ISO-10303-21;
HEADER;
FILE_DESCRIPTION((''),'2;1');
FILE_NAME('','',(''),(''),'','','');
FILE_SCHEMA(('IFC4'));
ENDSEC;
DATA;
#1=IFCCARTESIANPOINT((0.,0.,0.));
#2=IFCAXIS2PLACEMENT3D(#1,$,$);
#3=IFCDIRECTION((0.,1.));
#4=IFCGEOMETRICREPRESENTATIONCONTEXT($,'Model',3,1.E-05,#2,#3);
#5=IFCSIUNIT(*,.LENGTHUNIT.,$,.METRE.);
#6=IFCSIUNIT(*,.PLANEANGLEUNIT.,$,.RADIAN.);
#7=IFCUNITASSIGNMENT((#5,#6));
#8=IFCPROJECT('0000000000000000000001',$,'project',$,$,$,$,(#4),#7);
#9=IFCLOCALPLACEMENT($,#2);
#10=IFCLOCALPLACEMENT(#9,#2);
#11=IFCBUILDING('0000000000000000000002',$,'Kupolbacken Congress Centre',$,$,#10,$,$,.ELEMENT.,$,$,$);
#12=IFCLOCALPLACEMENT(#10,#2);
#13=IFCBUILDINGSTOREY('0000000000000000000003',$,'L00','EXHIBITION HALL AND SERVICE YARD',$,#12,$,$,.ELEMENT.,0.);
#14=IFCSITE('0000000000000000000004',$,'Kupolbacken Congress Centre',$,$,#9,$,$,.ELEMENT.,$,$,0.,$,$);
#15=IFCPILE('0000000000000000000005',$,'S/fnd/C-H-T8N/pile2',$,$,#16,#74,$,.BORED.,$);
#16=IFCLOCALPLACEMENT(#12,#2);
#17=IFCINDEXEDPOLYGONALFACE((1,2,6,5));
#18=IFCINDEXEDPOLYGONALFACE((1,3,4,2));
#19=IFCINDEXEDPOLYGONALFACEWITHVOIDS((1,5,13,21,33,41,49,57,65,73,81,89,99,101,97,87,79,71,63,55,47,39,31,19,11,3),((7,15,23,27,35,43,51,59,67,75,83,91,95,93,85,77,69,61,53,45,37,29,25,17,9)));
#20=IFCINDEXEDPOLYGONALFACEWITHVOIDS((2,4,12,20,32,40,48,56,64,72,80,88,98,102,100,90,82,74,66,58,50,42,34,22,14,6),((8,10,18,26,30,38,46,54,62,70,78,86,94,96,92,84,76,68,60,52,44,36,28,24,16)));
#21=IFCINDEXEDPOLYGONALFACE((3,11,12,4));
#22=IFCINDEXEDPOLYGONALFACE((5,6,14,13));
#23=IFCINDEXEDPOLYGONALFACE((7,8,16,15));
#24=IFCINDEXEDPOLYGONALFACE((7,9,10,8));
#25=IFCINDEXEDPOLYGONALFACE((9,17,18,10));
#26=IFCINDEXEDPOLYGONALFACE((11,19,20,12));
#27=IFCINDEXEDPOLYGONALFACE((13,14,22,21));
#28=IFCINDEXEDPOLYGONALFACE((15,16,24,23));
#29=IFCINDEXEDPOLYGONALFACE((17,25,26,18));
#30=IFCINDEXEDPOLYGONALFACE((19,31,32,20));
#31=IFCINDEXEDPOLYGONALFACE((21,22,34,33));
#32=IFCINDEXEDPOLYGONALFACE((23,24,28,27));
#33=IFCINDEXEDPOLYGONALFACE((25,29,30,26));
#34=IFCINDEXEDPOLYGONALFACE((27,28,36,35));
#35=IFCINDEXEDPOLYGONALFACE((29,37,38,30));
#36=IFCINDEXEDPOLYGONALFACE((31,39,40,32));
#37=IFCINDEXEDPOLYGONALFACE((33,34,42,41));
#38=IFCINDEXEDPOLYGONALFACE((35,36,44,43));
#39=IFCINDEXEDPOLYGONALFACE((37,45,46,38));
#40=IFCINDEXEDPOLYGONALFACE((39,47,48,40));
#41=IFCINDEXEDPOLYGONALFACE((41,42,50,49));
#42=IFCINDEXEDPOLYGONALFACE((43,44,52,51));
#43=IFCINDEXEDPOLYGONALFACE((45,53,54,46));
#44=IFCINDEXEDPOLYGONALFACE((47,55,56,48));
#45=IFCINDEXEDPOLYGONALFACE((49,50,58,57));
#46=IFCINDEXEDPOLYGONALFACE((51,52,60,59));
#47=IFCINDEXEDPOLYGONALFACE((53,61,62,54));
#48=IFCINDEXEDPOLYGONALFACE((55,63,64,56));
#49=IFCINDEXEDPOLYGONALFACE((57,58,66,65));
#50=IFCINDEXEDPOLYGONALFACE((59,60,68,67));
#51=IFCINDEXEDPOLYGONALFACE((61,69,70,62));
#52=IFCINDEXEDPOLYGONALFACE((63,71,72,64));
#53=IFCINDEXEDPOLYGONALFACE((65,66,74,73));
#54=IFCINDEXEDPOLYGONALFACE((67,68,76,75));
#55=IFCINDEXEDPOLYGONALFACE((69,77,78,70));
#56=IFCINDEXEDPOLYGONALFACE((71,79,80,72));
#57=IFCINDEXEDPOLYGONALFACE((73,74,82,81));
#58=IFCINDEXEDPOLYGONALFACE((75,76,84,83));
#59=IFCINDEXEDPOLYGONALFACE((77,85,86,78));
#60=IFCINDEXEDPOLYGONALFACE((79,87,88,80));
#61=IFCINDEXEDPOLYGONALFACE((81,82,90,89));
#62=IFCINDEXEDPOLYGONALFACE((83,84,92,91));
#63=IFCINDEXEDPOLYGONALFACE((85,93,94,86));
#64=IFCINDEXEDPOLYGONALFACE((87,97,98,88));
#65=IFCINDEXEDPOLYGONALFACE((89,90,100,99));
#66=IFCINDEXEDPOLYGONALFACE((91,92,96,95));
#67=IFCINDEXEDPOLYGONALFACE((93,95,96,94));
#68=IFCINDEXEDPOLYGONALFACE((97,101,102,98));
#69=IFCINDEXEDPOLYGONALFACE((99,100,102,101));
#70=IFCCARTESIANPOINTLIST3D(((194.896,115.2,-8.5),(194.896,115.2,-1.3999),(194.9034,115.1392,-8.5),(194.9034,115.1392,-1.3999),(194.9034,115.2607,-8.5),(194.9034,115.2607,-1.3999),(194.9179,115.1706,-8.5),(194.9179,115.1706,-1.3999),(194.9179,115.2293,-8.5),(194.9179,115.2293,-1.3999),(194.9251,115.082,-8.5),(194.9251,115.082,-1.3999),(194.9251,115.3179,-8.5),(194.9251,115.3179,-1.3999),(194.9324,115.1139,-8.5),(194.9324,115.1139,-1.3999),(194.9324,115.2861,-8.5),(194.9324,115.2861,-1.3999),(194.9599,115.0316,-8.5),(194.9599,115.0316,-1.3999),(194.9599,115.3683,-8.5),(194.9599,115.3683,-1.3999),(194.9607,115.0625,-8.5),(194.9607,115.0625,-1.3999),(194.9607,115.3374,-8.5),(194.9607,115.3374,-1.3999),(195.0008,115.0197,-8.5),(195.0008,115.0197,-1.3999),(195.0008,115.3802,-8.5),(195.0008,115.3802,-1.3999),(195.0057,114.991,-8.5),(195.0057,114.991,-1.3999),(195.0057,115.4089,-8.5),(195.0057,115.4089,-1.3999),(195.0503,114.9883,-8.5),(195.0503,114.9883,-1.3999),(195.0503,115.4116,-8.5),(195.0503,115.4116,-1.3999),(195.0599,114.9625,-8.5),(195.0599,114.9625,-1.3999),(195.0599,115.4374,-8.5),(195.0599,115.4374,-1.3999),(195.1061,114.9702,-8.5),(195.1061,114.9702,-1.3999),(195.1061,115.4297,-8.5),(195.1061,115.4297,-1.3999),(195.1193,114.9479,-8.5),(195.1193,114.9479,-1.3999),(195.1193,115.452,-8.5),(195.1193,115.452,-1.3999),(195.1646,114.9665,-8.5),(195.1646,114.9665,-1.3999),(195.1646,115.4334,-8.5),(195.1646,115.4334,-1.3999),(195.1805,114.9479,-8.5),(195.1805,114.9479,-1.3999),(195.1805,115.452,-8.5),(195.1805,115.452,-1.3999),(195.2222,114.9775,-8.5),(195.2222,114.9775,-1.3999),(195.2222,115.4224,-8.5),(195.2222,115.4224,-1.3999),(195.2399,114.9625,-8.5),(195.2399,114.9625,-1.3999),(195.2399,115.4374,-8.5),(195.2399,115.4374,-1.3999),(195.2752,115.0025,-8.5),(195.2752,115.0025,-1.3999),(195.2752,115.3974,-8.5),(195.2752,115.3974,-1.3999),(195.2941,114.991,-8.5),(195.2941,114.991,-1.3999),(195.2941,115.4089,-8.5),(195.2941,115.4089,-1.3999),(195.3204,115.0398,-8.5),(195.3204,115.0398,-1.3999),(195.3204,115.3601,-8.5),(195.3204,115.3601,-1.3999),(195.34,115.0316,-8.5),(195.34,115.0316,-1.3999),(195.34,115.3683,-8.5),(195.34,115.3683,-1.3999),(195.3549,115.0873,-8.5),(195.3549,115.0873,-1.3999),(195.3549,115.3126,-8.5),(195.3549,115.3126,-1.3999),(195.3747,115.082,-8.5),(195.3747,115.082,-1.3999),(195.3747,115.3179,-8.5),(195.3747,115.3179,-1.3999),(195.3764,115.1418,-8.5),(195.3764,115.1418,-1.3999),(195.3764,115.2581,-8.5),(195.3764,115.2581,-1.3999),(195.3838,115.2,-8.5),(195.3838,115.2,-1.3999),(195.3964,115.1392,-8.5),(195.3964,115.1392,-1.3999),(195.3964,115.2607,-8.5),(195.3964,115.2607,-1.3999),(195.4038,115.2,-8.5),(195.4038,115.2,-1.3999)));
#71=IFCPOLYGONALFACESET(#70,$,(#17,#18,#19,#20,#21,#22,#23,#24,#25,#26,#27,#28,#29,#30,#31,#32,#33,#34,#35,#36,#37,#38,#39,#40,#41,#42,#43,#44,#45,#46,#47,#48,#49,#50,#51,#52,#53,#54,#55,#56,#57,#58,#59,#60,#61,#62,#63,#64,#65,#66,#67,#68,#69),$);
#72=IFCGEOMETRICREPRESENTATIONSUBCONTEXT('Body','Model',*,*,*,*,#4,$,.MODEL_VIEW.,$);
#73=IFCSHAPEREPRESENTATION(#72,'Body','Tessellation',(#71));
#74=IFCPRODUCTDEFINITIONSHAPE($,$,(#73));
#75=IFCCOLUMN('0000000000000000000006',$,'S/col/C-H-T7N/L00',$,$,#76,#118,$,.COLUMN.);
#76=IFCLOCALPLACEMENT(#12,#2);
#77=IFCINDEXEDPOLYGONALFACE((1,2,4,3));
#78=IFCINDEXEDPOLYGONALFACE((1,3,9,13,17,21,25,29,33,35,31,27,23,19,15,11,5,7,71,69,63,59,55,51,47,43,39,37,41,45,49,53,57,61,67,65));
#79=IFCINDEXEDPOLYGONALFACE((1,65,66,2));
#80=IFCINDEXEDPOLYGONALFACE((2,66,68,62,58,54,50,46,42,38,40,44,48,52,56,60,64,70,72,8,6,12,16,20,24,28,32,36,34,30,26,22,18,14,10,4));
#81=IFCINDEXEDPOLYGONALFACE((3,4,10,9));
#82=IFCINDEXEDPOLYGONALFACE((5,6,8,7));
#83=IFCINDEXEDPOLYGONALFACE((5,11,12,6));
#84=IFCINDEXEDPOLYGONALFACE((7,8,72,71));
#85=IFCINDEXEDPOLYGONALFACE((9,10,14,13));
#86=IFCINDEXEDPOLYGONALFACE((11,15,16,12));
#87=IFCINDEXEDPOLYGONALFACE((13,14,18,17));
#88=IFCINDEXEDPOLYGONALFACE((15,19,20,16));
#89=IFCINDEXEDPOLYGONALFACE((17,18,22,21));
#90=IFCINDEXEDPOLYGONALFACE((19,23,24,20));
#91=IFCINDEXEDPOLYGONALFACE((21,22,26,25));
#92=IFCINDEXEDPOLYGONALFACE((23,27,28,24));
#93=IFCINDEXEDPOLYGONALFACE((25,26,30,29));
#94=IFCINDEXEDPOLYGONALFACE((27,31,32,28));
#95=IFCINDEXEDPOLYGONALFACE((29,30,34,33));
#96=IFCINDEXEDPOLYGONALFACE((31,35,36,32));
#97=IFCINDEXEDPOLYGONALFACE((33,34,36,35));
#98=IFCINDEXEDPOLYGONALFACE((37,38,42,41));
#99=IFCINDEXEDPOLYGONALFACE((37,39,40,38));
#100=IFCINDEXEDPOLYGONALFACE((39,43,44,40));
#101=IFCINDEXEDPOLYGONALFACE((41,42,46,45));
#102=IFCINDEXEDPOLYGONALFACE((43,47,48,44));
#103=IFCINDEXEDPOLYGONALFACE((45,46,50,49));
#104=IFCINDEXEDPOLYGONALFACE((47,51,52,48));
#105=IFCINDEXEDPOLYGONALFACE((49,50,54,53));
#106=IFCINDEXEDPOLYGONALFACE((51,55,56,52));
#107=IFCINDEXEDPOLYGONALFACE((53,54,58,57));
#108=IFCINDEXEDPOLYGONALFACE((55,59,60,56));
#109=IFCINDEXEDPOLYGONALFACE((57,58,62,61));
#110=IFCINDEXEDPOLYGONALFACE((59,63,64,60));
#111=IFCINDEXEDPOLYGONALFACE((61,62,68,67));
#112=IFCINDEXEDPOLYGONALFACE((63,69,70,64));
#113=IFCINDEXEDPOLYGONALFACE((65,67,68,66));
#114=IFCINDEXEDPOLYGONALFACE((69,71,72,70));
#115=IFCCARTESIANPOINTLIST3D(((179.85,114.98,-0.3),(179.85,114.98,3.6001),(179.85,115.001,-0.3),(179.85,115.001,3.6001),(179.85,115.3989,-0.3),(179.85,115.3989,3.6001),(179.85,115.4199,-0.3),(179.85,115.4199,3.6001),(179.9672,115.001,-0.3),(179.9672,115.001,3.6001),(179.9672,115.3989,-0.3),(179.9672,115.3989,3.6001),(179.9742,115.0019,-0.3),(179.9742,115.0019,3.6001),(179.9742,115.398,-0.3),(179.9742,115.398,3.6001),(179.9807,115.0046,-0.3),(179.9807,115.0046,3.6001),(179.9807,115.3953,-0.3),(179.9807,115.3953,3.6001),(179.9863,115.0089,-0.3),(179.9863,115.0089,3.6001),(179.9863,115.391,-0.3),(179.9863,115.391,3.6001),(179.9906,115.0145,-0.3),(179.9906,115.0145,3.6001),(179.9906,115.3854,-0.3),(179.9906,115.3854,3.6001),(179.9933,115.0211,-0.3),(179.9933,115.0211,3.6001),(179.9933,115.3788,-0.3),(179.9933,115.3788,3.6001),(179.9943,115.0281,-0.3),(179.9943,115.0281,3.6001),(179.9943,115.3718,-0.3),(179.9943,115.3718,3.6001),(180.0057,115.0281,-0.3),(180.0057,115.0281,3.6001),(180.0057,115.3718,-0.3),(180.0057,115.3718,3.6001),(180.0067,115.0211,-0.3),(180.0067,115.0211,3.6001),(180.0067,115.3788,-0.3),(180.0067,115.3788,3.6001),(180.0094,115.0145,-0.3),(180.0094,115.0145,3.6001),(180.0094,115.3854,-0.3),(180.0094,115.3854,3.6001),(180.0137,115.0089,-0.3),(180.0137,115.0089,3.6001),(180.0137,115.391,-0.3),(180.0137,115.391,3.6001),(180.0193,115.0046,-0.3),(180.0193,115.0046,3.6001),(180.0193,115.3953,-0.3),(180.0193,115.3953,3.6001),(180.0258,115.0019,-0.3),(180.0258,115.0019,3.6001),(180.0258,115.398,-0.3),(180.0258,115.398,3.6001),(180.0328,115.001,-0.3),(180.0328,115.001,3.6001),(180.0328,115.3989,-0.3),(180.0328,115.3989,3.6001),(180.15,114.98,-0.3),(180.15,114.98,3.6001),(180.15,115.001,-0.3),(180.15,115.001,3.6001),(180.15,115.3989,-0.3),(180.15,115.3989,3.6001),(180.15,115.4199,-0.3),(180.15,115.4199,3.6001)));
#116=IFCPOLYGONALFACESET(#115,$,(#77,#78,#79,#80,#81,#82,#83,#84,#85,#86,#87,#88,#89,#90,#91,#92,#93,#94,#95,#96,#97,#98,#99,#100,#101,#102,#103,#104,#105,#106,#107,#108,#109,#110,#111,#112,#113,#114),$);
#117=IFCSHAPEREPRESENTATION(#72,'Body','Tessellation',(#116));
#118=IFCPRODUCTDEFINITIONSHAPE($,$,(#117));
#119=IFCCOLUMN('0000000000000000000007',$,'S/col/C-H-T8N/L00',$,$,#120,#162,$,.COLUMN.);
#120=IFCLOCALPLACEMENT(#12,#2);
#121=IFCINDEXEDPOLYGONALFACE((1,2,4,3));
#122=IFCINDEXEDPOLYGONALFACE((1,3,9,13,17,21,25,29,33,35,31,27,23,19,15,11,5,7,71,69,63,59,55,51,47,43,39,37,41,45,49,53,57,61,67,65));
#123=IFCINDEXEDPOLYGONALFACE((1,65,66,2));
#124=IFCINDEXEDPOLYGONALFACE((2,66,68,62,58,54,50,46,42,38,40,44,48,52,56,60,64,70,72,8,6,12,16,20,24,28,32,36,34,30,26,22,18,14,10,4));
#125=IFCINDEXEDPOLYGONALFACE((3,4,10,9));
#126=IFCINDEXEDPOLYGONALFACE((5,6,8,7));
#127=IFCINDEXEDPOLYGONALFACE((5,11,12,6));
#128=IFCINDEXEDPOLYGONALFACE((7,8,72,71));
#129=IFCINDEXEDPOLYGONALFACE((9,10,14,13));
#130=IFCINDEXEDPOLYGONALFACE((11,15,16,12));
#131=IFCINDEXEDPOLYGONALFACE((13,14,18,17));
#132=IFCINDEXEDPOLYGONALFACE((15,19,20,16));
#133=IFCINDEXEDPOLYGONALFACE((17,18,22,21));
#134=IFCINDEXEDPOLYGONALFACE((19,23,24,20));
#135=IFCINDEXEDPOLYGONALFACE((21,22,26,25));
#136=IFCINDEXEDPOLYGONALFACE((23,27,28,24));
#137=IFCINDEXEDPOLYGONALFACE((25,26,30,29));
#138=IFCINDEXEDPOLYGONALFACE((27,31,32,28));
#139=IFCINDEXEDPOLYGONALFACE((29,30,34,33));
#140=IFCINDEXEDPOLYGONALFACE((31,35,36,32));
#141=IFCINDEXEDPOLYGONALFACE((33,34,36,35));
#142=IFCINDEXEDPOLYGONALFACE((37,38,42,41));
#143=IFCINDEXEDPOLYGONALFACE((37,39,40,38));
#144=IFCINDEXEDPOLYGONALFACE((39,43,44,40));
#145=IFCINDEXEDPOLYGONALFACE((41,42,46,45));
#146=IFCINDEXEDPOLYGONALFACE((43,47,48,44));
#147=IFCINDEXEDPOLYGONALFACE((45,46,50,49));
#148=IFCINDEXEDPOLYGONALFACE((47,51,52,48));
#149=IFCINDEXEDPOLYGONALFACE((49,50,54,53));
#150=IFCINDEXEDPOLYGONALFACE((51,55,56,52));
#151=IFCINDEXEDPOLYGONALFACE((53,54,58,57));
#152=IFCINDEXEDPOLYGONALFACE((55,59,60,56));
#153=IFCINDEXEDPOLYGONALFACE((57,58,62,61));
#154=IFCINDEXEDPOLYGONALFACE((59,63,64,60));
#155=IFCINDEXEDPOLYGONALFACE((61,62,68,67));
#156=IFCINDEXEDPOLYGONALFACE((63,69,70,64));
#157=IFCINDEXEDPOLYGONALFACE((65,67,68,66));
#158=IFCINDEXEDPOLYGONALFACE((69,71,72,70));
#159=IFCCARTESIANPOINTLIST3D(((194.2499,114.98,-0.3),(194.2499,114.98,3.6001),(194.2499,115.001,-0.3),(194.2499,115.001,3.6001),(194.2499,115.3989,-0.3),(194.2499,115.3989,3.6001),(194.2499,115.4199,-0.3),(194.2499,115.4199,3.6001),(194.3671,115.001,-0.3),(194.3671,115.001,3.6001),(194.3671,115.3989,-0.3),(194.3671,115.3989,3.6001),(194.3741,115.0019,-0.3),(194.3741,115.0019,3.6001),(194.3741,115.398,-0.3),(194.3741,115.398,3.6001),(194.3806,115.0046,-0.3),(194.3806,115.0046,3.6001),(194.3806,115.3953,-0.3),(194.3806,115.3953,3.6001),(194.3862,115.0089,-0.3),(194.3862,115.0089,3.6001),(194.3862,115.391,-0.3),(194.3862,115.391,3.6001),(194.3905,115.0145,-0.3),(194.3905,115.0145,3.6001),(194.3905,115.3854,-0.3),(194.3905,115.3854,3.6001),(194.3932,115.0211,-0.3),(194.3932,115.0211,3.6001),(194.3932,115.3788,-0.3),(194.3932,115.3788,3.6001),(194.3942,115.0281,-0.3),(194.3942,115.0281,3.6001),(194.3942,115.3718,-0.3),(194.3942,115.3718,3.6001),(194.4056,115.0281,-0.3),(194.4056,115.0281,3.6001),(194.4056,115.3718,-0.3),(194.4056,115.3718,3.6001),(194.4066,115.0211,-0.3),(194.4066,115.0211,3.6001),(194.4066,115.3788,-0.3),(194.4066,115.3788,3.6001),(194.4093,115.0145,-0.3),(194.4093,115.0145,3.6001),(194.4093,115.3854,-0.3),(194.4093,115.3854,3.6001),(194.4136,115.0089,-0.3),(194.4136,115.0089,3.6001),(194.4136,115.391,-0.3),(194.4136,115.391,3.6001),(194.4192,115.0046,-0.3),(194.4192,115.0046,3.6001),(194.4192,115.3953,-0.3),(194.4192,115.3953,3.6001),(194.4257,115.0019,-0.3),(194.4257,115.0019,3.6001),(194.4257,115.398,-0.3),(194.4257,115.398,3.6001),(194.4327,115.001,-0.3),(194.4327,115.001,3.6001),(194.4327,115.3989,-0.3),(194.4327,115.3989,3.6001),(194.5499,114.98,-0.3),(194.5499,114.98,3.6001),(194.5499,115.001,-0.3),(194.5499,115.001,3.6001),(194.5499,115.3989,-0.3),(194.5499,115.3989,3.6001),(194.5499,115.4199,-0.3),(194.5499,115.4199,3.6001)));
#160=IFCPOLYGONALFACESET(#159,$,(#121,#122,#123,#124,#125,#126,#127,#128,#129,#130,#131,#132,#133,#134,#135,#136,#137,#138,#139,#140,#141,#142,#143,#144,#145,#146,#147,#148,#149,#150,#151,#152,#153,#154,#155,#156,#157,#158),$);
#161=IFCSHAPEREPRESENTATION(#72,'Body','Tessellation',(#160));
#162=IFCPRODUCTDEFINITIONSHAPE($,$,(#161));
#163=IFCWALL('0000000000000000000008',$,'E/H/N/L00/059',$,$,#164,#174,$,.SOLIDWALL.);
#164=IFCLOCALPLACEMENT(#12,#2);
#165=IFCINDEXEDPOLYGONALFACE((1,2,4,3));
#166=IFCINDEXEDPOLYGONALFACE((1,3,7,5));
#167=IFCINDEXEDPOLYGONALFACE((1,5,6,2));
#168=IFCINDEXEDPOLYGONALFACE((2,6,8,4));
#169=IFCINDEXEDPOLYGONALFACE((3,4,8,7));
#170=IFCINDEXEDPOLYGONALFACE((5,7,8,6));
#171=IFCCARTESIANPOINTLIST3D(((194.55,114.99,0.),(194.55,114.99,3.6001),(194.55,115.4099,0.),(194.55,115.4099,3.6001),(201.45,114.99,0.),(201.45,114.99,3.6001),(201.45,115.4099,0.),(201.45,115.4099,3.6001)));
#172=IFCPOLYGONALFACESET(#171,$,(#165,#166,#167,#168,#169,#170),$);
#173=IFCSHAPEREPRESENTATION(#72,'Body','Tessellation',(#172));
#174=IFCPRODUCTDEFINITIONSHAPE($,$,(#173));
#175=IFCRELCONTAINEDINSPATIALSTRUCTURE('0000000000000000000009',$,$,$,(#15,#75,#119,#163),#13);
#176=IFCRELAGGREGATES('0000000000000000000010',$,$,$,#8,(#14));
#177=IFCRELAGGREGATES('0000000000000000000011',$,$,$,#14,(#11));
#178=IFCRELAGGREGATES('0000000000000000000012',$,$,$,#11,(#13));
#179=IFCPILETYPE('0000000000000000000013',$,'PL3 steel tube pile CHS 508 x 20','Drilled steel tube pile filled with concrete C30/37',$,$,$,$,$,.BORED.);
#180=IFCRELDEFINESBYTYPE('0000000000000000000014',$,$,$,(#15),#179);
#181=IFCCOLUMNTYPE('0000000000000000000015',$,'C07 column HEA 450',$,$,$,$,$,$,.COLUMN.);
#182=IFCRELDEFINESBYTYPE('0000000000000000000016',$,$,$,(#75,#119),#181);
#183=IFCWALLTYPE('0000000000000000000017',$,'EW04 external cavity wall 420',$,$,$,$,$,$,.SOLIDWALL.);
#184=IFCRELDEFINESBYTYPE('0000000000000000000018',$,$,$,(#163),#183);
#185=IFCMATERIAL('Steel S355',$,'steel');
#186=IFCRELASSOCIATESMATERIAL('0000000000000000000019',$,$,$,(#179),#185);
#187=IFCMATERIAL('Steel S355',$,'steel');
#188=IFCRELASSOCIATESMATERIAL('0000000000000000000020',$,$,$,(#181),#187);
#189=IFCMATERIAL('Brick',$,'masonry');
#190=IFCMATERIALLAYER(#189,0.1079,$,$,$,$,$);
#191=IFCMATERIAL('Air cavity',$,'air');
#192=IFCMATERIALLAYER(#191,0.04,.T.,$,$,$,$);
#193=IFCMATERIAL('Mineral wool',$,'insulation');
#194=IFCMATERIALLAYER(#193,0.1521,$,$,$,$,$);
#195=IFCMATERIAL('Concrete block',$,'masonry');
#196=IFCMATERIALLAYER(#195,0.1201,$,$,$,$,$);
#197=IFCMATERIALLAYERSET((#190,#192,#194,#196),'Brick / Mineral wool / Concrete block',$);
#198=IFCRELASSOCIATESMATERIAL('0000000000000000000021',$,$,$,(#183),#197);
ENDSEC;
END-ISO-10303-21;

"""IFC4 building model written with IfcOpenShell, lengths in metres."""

from ifc_helpers import new_model, si_unit, direction, frame, frame_2d, origin, origin_2d, place, context, subcontext, project, spatial, rectangle, hollow_circle, i_section, extrude, material, layer, layer_set, material_profile, profile_set, type_object, element, save


model = new_model("IFC4")

# Units and contexts
model_context = context("Model", 3, precision=1e-05, world=origin(), true_north=direction((0.0, 1.0)))
body_context = subcontext(model_context, "Body", "Model", "MODEL_VIEW")
ifc_project = project(units=[si_unit("LENGTHUNIT", "METRE"), si_unit("PLANEANGLEUNIT", "RADIAN")], contexts=[model_context])

# Site, building, storey
site_placement = place(None, origin())
site = spatial("IfcSite", under=ifc_project, at=site_placement, Name="Kupolbacken Congress Centre", CompositionType="ELEMENT", RefElevation=0.0)
building_placement = place(site_placement, origin())
building = spatial("IfcBuilding", under=site, at=building_placement, Name="Kupolbacken Congress Centre", CompositionType="ELEMENT")
storey_placement = place(building_placement, origin())
storey = spatial("IfcBuildingStorey", under=building, at=storey_placement, Name="L00", Description="EXHIBITION HALL AND SERVICE YARD", CompositionType="ELEMENT", Elevation=0.0)

# Pile
ifc_material_1 = material(Name="Steel S355", Category="steel")
ifc_material_profile_1 = material_profile(ifc_material_1, hollow_circle(Radius=0.2539, WallThickness=0.02, at=origin_2d()), Name="CHS 508 x 20")
ifc_profile_set_1 = profile_set([ifc_material_profile_1], Name="Steel S355")
pile_type = type_object("IfcPileType", Name="PL3 steel tube pile CHS 508 x 20", Description="Drilled steel tube pile filled with concrete C30/37", PredefinedType="BORED", material=ifc_profile_set_1)
for number, where, z_axis, x_axis, name in (
    (1, (195.1499, 115.2, -1.3999), (0.0, 0.0, -1.0), (1.0, 0.0, 0.0), "S/fnd/C-H-T8N/pile2"),
):
    element("IfcPile", number, at=place(storey_placement, frame(where, z_axis=z_axis, x_axis=x_axis)), inside=storey, type_object=pile_type, Name=name, PredefinedType="BORED", context=body_context, shape_type="SweptSolid", body=[
        extrude(hollow_circle(Radius=0.2539, WallThickness=0.02, at=origin_2d()), origin(), (0.0, 0.0, 1.0), 7.1001),
    ])

# Columns
ifc_material_2 = material(Name="Steel S355", Category="steel")
ifc_material_profile_2 = material_profile(ifc_material_2, i_section(OverallWidth=0.3, OverallDepth=0.4399, WebThickness=0.0115, FlangeThickness=0.021, FilletRadius=0.0271, at=origin_2d()), Name="HEA 450")
ifc_profile_set_2 = profile_set([ifc_material_profile_2], Name="Steel S355")
column_type = type_object("IfcColumnType", Name="C07 column HEA 450", PredefinedType="COLUMN", material=ifc_profile_set_2)
for number, where, z_axis, x_axis, name in (
    (2, (180.0, 115.2, -0.3), (0.0, 0.0, 1.0), (1.0, 0.0, 0.0), "S/col/C-H-T7N/L00"),
    (3, (194.3999, 115.2, -0.3), (0.0, 0.0, 1.0), (1.0, 0.0, 0.0), "S/col/C-H-T8N/L00"),
):
    element("IfcColumn", number, at=place(storey_placement, frame(where, z_axis=z_axis, x_axis=x_axis)), inside=storey, type_object=column_type, Name=name, PredefinedType="COLUMN", context=body_context, shape_type="SweptSolid", body=[
        extrude(i_section(OverallWidth=0.3, OverallDepth=0.4399, WebThickness=0.0115, FlangeThickness=0.021, FilletRadius=0.0271, at=origin_2d()), origin(), (0.0, 0.0, 1.0), 3.9001),
    ])

# Wall
ifc_material_3 = material(Name="Brick", Category="masonry")
ifc_layer_1 = layer(ifc_material_3, 0.1079)
ifc_material_4 = material(Name="Air cavity", Category="air")
ifc_layer_2 = layer(ifc_material_4, 0.04, ventilated=True)
ifc_material_5 = material(Name="Mineral wool", Category="insulation")
ifc_layer_3 = layer(ifc_material_5, 0.1521)
ifc_material_6 = material(Name="Concrete block", Category="masonry")
ifc_layer_4 = layer(ifc_material_6, 0.1201)
ifc_layer_set_1 = layer_set([ifc_layer_1, ifc_layer_2, ifc_layer_3, ifc_layer_4], Name="Brick / Mineral wool / Concrete block")
wall_type = type_object("IfcWallType", Name="EW04 external cavity wall 420", PredefinedType="SOLIDWALL", material=ifc_layer_set_1)
wall_1_placement = place(storey_placement, frame((201.45, 115.2, 0.0), z_axis=(0.0, 0.0, 1.0), x_axis=(-1.0, 0.0, 0.0)))
element("IfcWall", 4, at=wall_1_placement, inside=storey, type_object=wall_type, Name="E/H/N/L00/059", PredefinedType="SOLIDWALL", context=body_context, shape_type="SweptSolid", body=[
    extrude(rectangle(XDim=6.8999, YDim=0.4199, at=frame_2d((3.45, 0.0))), origin(), (0.0, 0.0, 1.0), 3.6001),
])

save(model, "model.ifc")
